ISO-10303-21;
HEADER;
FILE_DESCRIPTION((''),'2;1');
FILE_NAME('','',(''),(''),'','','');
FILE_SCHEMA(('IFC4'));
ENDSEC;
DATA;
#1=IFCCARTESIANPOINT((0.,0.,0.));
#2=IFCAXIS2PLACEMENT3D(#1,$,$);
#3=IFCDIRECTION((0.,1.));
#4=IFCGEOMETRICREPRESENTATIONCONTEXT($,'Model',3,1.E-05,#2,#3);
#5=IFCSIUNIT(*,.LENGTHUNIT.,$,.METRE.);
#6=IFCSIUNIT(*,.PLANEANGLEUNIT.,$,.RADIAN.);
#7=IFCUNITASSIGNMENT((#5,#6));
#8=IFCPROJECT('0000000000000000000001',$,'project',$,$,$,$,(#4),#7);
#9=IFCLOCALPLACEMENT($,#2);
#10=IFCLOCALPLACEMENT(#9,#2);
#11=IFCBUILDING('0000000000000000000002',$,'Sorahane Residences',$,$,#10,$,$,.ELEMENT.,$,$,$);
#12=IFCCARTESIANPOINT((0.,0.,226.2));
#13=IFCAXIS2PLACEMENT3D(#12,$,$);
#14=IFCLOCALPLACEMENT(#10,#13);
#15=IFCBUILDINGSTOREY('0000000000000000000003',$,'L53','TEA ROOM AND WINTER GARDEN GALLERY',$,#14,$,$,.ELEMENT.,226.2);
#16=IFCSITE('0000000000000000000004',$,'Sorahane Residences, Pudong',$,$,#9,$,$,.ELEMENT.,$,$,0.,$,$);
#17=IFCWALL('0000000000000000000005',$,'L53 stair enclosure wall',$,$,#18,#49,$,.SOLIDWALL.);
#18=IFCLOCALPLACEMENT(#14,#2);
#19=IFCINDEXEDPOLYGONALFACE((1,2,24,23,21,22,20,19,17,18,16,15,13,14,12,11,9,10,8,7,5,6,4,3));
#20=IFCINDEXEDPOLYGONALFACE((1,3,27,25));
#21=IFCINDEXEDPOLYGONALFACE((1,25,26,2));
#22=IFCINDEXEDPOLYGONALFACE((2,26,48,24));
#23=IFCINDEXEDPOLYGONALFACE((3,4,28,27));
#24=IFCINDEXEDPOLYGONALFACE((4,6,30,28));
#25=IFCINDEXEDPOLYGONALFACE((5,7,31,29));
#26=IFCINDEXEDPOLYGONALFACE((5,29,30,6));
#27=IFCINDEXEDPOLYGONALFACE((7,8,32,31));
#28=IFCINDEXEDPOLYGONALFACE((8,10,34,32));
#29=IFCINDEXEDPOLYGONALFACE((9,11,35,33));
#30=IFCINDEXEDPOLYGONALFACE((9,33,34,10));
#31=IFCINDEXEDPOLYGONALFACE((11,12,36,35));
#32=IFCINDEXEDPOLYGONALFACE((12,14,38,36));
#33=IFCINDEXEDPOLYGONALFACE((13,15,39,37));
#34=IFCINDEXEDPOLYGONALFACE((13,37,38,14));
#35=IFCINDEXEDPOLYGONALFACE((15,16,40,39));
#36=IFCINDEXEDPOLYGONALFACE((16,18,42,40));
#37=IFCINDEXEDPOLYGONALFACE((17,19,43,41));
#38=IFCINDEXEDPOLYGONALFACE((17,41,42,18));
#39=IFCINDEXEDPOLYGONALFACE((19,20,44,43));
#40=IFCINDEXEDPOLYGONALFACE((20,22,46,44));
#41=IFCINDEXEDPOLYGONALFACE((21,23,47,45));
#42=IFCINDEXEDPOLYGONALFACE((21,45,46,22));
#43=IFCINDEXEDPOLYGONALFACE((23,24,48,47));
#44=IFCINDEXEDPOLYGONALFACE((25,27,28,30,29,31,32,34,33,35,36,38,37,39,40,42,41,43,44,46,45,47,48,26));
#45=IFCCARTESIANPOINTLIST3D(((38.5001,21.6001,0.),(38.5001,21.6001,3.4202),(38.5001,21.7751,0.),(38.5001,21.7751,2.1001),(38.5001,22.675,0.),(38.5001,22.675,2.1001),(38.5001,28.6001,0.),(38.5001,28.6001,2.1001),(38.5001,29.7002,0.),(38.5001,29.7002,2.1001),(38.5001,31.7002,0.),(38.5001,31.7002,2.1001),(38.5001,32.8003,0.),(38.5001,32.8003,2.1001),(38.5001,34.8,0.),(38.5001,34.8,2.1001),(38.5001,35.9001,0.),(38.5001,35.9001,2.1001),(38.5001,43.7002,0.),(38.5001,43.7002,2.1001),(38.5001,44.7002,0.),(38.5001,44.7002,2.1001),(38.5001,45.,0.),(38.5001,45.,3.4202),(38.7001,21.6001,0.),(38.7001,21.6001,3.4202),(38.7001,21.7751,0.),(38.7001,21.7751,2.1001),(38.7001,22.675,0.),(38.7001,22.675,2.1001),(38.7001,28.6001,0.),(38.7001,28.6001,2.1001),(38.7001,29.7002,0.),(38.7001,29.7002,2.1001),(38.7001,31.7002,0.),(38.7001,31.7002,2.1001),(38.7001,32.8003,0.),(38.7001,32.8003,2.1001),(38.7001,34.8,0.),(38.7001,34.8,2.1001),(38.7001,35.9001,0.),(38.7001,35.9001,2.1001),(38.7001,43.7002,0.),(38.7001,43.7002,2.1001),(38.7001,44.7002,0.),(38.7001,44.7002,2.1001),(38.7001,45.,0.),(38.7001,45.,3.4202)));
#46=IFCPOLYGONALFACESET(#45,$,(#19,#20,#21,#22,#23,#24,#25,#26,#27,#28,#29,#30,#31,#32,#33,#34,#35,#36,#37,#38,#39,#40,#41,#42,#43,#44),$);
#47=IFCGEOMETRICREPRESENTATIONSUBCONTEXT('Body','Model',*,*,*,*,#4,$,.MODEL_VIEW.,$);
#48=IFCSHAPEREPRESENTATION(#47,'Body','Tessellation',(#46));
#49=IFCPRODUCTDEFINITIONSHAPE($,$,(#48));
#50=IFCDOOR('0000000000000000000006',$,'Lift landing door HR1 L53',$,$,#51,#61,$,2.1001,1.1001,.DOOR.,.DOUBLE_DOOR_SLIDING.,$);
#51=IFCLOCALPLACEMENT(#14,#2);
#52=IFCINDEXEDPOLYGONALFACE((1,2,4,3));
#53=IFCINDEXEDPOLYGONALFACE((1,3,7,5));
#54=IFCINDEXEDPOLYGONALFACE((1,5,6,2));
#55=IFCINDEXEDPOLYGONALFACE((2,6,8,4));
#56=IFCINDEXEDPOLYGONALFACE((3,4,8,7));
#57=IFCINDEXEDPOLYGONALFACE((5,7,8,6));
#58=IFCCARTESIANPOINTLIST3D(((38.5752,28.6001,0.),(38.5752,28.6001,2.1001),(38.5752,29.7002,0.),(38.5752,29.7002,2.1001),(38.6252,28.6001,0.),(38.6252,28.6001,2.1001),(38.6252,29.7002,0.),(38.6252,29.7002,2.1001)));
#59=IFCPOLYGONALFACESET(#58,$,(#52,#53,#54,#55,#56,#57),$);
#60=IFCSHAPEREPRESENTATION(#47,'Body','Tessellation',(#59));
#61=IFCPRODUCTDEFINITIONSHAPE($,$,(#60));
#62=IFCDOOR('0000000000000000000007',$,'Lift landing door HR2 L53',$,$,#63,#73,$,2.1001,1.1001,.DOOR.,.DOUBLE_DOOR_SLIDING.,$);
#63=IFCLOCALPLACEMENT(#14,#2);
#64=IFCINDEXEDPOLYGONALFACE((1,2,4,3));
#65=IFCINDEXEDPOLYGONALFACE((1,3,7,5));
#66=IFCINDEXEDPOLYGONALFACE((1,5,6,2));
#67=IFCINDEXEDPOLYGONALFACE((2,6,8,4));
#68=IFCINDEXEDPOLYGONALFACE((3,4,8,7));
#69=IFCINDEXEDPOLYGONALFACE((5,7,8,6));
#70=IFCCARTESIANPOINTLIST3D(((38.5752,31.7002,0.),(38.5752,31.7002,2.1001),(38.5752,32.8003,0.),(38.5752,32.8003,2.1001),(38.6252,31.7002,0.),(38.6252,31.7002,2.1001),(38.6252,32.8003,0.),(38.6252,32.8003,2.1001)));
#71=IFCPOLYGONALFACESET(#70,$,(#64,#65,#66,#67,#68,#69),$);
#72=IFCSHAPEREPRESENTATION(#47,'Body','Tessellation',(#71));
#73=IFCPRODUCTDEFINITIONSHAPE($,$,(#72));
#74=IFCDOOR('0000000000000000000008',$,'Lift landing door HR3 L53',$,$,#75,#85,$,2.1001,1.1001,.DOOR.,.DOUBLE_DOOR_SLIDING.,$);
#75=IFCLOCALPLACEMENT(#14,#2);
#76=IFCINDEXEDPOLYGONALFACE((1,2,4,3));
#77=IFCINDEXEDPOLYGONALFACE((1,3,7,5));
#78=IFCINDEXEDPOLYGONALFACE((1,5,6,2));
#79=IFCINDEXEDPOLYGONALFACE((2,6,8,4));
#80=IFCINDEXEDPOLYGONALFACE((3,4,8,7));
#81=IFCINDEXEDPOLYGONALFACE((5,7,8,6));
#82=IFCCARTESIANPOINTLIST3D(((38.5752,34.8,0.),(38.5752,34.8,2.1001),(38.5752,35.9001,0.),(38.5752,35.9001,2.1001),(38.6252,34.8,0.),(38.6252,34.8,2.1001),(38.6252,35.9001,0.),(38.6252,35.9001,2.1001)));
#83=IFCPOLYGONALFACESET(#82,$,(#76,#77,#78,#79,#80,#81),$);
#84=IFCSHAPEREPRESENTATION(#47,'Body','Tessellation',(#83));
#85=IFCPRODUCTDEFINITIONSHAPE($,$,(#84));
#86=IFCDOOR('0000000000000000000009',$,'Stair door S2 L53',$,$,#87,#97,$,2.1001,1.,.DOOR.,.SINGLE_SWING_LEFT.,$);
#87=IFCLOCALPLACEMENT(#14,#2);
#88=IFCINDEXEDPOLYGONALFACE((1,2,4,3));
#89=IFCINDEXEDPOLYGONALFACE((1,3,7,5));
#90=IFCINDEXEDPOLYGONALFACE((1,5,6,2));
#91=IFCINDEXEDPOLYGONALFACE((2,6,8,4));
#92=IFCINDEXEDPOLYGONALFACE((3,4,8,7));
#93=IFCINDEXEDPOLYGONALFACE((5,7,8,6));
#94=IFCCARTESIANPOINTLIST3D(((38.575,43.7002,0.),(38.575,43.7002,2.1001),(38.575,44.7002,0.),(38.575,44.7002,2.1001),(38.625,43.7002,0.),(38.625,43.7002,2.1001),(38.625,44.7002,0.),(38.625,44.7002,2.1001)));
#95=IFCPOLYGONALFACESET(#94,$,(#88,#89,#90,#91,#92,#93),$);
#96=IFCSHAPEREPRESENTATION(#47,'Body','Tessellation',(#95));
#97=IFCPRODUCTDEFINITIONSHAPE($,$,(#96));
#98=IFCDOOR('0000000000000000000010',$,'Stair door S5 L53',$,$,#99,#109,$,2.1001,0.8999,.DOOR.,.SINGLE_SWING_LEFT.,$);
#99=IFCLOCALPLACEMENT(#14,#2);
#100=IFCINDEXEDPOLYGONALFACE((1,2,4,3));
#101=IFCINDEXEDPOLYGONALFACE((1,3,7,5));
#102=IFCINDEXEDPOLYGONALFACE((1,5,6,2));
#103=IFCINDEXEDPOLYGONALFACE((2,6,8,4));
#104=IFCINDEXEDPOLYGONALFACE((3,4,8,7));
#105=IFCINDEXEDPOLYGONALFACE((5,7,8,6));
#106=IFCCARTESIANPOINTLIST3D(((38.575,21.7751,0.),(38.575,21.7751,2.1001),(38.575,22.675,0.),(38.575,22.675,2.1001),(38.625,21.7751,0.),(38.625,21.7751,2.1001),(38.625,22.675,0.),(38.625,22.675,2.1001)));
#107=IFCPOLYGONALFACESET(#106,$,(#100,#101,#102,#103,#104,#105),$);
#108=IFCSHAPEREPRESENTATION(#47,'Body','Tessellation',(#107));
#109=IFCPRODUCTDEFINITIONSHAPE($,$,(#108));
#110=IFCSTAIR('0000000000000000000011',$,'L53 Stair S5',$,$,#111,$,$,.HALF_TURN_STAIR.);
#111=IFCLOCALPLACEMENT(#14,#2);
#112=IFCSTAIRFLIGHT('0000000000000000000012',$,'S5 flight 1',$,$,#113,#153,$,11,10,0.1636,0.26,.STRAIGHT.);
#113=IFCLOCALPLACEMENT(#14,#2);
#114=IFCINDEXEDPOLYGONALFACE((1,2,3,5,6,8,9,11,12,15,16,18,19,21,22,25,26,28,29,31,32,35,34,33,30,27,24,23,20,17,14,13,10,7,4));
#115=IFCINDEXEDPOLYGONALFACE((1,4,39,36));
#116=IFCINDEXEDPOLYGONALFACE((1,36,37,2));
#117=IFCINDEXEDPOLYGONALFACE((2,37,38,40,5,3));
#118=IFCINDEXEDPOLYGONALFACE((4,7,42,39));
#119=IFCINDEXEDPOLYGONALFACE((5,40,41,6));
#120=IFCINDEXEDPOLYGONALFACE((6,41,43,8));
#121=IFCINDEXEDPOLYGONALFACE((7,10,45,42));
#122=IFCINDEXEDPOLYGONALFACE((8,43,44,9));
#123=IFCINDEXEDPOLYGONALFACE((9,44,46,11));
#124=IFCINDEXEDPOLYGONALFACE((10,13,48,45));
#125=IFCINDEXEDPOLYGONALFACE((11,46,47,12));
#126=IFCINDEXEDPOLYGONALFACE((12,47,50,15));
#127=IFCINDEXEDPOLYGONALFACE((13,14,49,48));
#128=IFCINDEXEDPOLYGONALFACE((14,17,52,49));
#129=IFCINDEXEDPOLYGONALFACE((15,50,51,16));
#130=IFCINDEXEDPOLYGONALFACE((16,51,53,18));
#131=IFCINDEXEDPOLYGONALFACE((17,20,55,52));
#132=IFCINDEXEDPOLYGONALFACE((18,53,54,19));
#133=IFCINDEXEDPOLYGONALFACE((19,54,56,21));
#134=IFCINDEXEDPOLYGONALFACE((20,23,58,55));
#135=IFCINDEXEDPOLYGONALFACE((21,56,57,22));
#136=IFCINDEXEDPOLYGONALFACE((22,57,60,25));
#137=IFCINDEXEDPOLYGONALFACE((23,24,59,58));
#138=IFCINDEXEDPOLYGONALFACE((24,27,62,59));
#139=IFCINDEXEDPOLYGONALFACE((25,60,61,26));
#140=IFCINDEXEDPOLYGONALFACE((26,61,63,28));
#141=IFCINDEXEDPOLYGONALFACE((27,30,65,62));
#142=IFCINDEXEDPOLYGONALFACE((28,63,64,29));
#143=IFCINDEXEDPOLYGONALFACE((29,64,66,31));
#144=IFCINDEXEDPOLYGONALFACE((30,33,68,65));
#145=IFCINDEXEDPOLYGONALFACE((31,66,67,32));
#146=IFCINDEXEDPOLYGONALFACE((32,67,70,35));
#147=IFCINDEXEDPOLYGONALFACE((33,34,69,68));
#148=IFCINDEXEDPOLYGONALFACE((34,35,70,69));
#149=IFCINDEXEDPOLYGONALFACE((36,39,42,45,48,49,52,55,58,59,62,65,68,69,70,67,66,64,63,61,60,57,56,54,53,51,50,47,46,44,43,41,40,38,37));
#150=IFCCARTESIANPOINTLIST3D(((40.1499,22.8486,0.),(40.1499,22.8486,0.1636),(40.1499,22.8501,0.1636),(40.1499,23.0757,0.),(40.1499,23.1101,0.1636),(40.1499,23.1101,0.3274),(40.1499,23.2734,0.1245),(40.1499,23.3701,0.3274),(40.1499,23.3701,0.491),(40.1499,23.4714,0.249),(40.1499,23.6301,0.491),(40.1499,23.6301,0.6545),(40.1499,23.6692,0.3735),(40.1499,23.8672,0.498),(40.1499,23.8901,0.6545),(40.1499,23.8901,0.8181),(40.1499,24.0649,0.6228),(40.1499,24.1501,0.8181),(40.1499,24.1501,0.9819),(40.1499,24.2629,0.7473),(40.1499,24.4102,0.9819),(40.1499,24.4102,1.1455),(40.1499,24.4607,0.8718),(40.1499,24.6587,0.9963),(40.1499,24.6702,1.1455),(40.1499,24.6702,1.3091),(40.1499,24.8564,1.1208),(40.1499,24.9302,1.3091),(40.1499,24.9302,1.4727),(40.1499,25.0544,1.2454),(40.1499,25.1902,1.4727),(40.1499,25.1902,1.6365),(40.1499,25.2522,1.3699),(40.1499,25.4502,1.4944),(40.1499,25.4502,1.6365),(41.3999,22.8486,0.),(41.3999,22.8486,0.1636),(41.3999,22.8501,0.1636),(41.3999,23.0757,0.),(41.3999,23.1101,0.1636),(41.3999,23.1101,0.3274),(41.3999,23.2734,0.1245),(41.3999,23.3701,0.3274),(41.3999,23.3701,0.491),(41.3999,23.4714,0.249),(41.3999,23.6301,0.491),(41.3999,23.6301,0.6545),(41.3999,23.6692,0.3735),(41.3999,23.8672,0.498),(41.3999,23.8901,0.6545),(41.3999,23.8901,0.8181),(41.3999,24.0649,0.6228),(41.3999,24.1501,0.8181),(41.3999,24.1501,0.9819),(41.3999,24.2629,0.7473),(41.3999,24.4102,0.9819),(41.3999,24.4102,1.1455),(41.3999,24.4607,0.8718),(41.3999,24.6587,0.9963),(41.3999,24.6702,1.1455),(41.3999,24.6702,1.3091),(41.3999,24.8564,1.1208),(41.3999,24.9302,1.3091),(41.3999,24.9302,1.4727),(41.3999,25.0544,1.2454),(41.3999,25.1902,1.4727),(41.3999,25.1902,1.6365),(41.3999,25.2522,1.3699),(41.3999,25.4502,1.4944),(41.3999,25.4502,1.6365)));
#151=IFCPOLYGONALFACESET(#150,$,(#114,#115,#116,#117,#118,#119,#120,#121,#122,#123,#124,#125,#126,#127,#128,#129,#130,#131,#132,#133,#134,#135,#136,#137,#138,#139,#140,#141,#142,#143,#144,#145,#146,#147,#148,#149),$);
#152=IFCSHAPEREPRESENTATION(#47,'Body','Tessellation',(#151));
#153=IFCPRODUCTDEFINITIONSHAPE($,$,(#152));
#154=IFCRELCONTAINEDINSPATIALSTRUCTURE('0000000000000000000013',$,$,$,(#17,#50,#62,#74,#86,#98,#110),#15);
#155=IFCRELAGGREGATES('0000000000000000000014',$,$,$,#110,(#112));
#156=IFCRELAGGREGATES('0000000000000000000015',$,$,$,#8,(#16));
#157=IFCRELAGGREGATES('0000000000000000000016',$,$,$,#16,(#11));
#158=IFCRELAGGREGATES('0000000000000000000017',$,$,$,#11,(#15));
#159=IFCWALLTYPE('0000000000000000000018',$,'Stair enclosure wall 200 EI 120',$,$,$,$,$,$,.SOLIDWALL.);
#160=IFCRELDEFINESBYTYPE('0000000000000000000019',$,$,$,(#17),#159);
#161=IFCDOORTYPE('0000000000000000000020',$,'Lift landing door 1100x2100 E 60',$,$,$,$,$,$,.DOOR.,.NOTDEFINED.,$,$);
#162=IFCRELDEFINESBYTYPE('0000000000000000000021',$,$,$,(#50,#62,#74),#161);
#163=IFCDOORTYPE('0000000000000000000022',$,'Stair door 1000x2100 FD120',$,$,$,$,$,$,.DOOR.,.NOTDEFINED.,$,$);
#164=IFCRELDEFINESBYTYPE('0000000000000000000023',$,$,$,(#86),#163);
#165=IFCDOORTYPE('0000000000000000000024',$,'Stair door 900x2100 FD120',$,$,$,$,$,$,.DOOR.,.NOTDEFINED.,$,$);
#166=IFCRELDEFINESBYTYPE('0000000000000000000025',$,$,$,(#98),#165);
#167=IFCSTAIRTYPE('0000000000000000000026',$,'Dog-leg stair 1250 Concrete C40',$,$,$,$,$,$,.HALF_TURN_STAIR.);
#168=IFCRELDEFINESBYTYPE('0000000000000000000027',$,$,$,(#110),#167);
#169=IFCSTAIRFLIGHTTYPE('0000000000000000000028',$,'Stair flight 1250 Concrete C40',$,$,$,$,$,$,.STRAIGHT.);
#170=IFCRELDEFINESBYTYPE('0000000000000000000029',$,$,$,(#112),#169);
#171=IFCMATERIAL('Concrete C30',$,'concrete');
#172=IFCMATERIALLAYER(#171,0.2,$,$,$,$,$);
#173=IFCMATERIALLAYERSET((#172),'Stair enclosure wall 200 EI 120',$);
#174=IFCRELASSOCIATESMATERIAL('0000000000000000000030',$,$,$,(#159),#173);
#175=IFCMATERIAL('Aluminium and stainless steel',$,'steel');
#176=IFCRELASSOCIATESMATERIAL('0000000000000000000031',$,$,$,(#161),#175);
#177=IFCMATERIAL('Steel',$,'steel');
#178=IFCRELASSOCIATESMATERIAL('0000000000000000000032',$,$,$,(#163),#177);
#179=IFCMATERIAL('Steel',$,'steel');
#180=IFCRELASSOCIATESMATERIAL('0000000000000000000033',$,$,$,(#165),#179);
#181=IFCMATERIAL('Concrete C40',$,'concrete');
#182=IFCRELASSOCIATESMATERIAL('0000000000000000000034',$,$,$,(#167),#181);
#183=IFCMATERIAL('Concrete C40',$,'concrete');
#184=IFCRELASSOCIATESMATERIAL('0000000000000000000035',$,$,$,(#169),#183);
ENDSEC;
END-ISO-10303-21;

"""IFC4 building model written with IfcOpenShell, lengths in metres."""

from ifc_helpers import new_model, si_unit, direction, frame, frame_2d, origin, place, context, subcontext, project, spatial, polyline, rectangle, outline, extrude, material, layer, layer_set, type_object, element, fill, aggregate, save


model = new_model("IFC4")

# Units and contexts
model_context = context("Model", 3, precision=1e-05, world=origin(), true_north=direction((0.0, 1.0)))
body_context = subcontext(model_context, "Body", "Model", "MODEL_VIEW")
ifc_project = project(units=[si_unit("LENGTHUNIT", "METRE"), si_unit("PLANEANGLEUNIT", "RADIAN")], contexts=[model_context])

# Site, building, storey
site_placement = place(None, origin())
site = spatial("IfcSite", under=ifc_project, at=site_placement, Name="Sorahane Residences, Pudong", CompositionType="ELEMENT", RefElevation=0.0)
building_placement = place(site_placement, origin())
building = spatial("IfcBuilding", under=site, at=building_placement, Name="Sorahane Residences", CompositionType="ELEMENT")
storey_placement = place(building_placement, frame((0.0, 0.0, 226.2)))
storey = spatial("IfcBuildingStorey", under=building, at=storey_placement, Name="L53", Description="TEA ROOM AND WINTER GARDEN GALLERY", CompositionType="ELEMENT", Elevation=226.2)

# Wall, openings, doors
ifc_material_1 = material(Name="Concrete C30", Category="concrete")
ifc_layer_1 = layer(ifc_material_1, 0.2)
ifc_layer_set_1 = layer_set([ifc_layer_1], Name="Stair enclosure wall 200 EI 120")
wall_type_1 = type_object("IfcWallType", Name="Stair enclosure wall 200 EI 120", PredefinedType="SOLIDWALL", material=ifc_layer_set_1)
wall_1_placement = place(storey_placement, frame((38.6001, 21.6001, 0.0), z_axis=(0.0, 0.0, 1.0), x_axis=(0.0, 1.0, 0.0)))
wall_1 = element("IfcWall", 1, at=wall_1_placement, inside=storey, type_object=wall_type_1, Name="L53 stair enclosure wall", PredefinedType="SOLIDWALL", context=body_context, shape_type="SweptSolid", body=[
    extrude(rectangle(XDim=23.3999, YDim=0.2, at=frame_2d((11.7, 0.0))), origin(), (0.0, 0.0, 1.0), 3.4202),
])
opening_1_placement = place(wall_1_placement, frame((7.0, 0.0, 0.0)))
opening_1 = element("IfcOpeningElement", 2, at=opening_1_placement, cuts=wall_1, PredefinedType="OPENING", context=body_context, shape_type="SweptSolid", body=[
    extrude(rectangle(XDim=1.1001, YDim=2.1001, at=frame_2d((0.55, 1.05))), frame((0.0, 0.1099, 0.0), z_axis=(0.0, -1.0, 0.0), x_axis=(1.0, 0.0, 0.0)), (0.0, 0.0, 1.0), 0.22),
])
opening_2_placement = place(wall_1_placement, frame((10.1001, 0.0, 0.0)))
opening_2 = element("IfcOpeningElement", 3, at=opening_2_placement, cuts=wall_1, PredefinedType="OPENING", context=body_context, shape_type="SweptSolid", body=[
    extrude(rectangle(XDim=1.1001, YDim=2.1001, at=frame_2d((0.55, 1.05))), frame((0.0, 0.1099, 0.0), z_axis=(0.0, -1.0, 0.0), x_axis=(1.0, 0.0, 0.0)), (0.0, 0.0, 1.0), 0.22),
])
opening_3_placement = place(wall_1_placement, frame((13.2, 0.0, 0.0)))
opening_3 = element("IfcOpeningElement", 4, at=opening_3_placement, cuts=wall_1, PredefinedType="OPENING", context=body_context, shape_type="SweptSolid", body=[
    extrude(rectangle(XDim=1.1001, YDim=2.1001, at=frame_2d((0.55, 1.05))), frame((0.0, 0.1099, 0.0), z_axis=(0.0, -1.0, 0.0), x_axis=(1.0, 0.0, 0.0)), (0.0, 0.0, 1.0), 0.22),
])
opening_4_placement = place(wall_1_placement, frame((22.1001, 0.0, 0.0)))
opening_4 = element("IfcOpeningElement", 5, at=opening_4_placement, cuts=wall_1, PredefinedType="OPENING", context=body_context, shape_type="SweptSolid", body=[
    extrude(rectangle(XDim=1.0, YDim=2.1001, at=frame_2d((0.5, 1.05))), frame((0.0, 0.1099, 0.0), z_axis=(0.0, -1.0, 0.0), x_axis=(1.0, 0.0, 0.0)), (0.0, 0.0, 1.0), 0.22),
])
opening_5_placement = place(wall_1_placement, frame((0.175, 0.0, 0.0)))
opening_5 = element("IfcOpeningElement", 6, at=opening_5_placement, cuts=wall_1, PredefinedType="OPENING", context=body_context, shape_type="SweptSolid", body=[
    extrude(rectangle(XDim=0.8999, YDim=2.1001, at=frame_2d((0.45, 1.05))), frame((0.0, 0.1099, 0.0), z_axis=(0.0, -1.0, 0.0), x_axis=(1.0, 0.0, 0.0)), (0.0, 0.0, 1.0), 0.22),
])
ifc_material_2 = material(Name="Aluminium and stainless steel", Category="steel")
door_type_1 = type_object("IfcDoorType", Name="Lift landing door 1100x2100 E 60", OperationType="NOTDEFINED", PredefinedType="DOOR", material=ifc_material_2)
door_1_placement = place(opening_1_placement, origin())
door_1 = element("IfcDoor", 7, at=door_1_placement, inside=storey, type_object=door_type_1, Name="Lift landing door HR1 L53", OperationType="DOUBLE_DOOR_SLIDING", OverallHeight=2.1001, OverallWidth=1.1001, PredefinedType="DOOR", context=body_context, shape_type="SweptSolid", body=[
    extrude(rectangle(XDim=1.1001, YDim=2.1001, at=frame_2d((0.55, 1.05))), frame((0.0, 0.0249, 0.0), z_axis=(0.0, -1.0, 0.0), x_axis=(1.0, 0.0, 0.0)), (0.0, 0.0, 1.0), 0.05),
])
fill(opening_1, door_1)
door_2_placement = place(opening_2_placement, origin())
door_2 = element("IfcDoor", 8, at=door_2_placement, inside=storey, type_object=door_type_1, Name="Lift landing door HR2 L53", OperationType="DOUBLE_DOOR_SLIDING", OverallHeight=2.1001, OverallWidth=1.1001, PredefinedType="DOOR", context=body_context, shape_type="SweptSolid", body=[
    extrude(rectangle(XDim=1.1001, YDim=2.1001, at=frame_2d((0.55, 1.05))), frame((0.0, 0.0249, 0.0), z_axis=(0.0, -1.0, 0.0), x_axis=(1.0, 0.0, 0.0)), (0.0, 0.0, 1.0), 0.05),
])
fill(opening_2, door_2)
door_3_placement = place(opening_3_placement, origin())
door_3 = element("IfcDoor", 9, at=door_3_placement, inside=storey, type_object=door_type_1, Name="Lift landing door HR3 L53", OperationType="DOUBLE_DOOR_SLIDING", OverallHeight=2.1001, OverallWidth=1.1001, PredefinedType="DOOR", context=body_context, shape_type="SweptSolid", body=[
    extrude(rectangle(XDim=1.1001, YDim=2.1001, at=frame_2d((0.55, 1.05))), frame((0.0, 0.0249, 0.0), z_axis=(0.0, -1.0, 0.0), x_axis=(1.0, 0.0, 0.0)), (0.0, 0.0, 1.0), 0.05),
])
fill(opening_3, door_3)
ifc_material_3 = material(Name="Steel", Category="steel")
door_type_2 = type_object("IfcDoorType", Name="Stair door 1000x2100 FD120", OperationType="NOTDEFINED", PredefinedType="DOOR", material=ifc_material_3)
door_4_placement = place(opening_4_placement, frame((1.0, 0.0, 0.0), z_axis=(0.0, 0.0, 1.0), x_axis=(-1.0, 0.0, 0.0)))
door_4 = element("IfcDoor", 10, at=door_4_placement, inside=storey, type_object=door_type_2, Name="Stair door S2 L53", OperationType="SINGLE_SWING_LEFT", OverallHeight=2.1001, OverallWidth=1.0, PredefinedType="DOOR", context=body_context, shape_type="SweptSolid", body=[
    extrude(rectangle(XDim=1.0, YDim=2.1001, at=frame_2d((0.5, 1.05))), frame((0.0, 0.0249, 0.0), z_axis=(0.0, -1.0, 0.0), x_axis=(1.0, 0.0, 0.0)), (0.0, 0.0, 1.0), 0.05),
])
fill(opening_4, door_4)
ifc_material_4 = material(Name="Steel", Category="steel")
door_type_3 = type_object("IfcDoorType", Name="Stair door 900x2100 FD120", OperationType="NOTDEFINED", PredefinedType="DOOR", material=ifc_material_4)
door_5_placement = place(opening_5_placement, frame((0.8999, 0.0, 0.0), z_axis=(0.0, 0.0, 1.0), x_axis=(-1.0, 0.0, 0.0)))
door_5 = element("IfcDoor", 11, at=door_5_placement, inside=storey, type_object=door_type_3, Name="Stair door S5 L53", OperationType="SINGLE_SWING_LEFT", OverallHeight=2.1001, OverallWidth=0.8999, PredefinedType="DOOR", context=body_context, shape_type="SweptSolid", body=[
    extrude(rectangle(XDim=0.8999, YDim=2.1001, at=frame_2d((0.45, 1.05))), frame((0.0, 0.0249, 0.0), z_axis=(0.0, -1.0, 0.0), x_axis=(1.0, 0.0, 0.0)), (0.0, 0.0, 1.0), 0.05),
])
fill(opening_5, door_5)

# Stair, stair flight
ifc_material_5 = material(Name="Concrete C40", Category="concrete")
stair_type = type_object("IfcStairType", Name="Dog-leg stair 1250 Concrete C40", PredefinedType="HALF_TURN_STAIR", material=ifc_material_5)
stair_placement = place(storey_placement, origin())
stair = element("IfcStair", 12, at=stair_placement, inside=storey, type_object=stair_type, Name="L53 Stair S5", PredefinedType="HALF_TURN_STAIR")
ifc_material_6 = material(Name="Concrete C40", Category="concrete")
stair_flight_type = type_object("IfcStairFlightType", Name="Stair flight 1250 Concrete C40", PredefinedType="STRAIGHT", material=ifc_material_6)
stair_flight_placement = place(storey_placement, frame((40.7749, 22.8501, 0.0), z_axis=(0.0, 0.0, 1.0), x_axis=(0.0, 1.0, 0.0)))
stair_flight = element("IfcStairFlight", 13, at=stair_flight_placement, type_object=stair_flight_type, Name="S5 flight 1", NumberOfRisers=11, NumberOfTreads=10, PredefinedType="STRAIGHT", RiserHeight=0.1636, TreadLength=0.26, context=body_context, shape_type="SweptSolid", body=[
    extrude(outline(polyline([(-0.0015, 0.0), (-0.0015, 0.1636), (0.0, 0.1636), (0.26, 0.1636), (0.26, 0.3274), (0.52, 0.3274), (0.52, 0.491), (0.78, 0.491), (0.78, 0.6545), (1.04, 0.6545), (1.04, 0.8181), (1.3, 0.8181), (1.3, 0.9819), (1.5601, 0.9819), (1.5601, 1.1455), (1.8201, 1.1455), (1.8201, 1.3091), (2.0801, 1.3091), (2.0801, 1.4727), (2.3401, 1.4727), (2.3401, 1.6365), (2.6001, 1.6365), (2.6001, 1.8), (2.6001, 1.4944), (2.4021, 1.3699), (2.2043, 1.2454), (2.0063, 1.1208), (1.8086, 0.9963), (1.6106, 0.8718), (1.4128, 0.7473), (1.2148, 0.6228), (1.0171, 0.498), (0.8191, 0.3735), (0.6213, 0.249), (0.4233, 0.1245), (0.2256, 0.0), (-0.0015, 0.0)])), frame((0.0, 0.625, 0.0), z_axis=(0.0, -1.0, 0.0), x_axis=(1.0, 0.0, 0.0)), (0.0, 0.0, 1.0), 1.25),
])
aggregate(stair, [stair_flight])

save(model, "model.ifc")
